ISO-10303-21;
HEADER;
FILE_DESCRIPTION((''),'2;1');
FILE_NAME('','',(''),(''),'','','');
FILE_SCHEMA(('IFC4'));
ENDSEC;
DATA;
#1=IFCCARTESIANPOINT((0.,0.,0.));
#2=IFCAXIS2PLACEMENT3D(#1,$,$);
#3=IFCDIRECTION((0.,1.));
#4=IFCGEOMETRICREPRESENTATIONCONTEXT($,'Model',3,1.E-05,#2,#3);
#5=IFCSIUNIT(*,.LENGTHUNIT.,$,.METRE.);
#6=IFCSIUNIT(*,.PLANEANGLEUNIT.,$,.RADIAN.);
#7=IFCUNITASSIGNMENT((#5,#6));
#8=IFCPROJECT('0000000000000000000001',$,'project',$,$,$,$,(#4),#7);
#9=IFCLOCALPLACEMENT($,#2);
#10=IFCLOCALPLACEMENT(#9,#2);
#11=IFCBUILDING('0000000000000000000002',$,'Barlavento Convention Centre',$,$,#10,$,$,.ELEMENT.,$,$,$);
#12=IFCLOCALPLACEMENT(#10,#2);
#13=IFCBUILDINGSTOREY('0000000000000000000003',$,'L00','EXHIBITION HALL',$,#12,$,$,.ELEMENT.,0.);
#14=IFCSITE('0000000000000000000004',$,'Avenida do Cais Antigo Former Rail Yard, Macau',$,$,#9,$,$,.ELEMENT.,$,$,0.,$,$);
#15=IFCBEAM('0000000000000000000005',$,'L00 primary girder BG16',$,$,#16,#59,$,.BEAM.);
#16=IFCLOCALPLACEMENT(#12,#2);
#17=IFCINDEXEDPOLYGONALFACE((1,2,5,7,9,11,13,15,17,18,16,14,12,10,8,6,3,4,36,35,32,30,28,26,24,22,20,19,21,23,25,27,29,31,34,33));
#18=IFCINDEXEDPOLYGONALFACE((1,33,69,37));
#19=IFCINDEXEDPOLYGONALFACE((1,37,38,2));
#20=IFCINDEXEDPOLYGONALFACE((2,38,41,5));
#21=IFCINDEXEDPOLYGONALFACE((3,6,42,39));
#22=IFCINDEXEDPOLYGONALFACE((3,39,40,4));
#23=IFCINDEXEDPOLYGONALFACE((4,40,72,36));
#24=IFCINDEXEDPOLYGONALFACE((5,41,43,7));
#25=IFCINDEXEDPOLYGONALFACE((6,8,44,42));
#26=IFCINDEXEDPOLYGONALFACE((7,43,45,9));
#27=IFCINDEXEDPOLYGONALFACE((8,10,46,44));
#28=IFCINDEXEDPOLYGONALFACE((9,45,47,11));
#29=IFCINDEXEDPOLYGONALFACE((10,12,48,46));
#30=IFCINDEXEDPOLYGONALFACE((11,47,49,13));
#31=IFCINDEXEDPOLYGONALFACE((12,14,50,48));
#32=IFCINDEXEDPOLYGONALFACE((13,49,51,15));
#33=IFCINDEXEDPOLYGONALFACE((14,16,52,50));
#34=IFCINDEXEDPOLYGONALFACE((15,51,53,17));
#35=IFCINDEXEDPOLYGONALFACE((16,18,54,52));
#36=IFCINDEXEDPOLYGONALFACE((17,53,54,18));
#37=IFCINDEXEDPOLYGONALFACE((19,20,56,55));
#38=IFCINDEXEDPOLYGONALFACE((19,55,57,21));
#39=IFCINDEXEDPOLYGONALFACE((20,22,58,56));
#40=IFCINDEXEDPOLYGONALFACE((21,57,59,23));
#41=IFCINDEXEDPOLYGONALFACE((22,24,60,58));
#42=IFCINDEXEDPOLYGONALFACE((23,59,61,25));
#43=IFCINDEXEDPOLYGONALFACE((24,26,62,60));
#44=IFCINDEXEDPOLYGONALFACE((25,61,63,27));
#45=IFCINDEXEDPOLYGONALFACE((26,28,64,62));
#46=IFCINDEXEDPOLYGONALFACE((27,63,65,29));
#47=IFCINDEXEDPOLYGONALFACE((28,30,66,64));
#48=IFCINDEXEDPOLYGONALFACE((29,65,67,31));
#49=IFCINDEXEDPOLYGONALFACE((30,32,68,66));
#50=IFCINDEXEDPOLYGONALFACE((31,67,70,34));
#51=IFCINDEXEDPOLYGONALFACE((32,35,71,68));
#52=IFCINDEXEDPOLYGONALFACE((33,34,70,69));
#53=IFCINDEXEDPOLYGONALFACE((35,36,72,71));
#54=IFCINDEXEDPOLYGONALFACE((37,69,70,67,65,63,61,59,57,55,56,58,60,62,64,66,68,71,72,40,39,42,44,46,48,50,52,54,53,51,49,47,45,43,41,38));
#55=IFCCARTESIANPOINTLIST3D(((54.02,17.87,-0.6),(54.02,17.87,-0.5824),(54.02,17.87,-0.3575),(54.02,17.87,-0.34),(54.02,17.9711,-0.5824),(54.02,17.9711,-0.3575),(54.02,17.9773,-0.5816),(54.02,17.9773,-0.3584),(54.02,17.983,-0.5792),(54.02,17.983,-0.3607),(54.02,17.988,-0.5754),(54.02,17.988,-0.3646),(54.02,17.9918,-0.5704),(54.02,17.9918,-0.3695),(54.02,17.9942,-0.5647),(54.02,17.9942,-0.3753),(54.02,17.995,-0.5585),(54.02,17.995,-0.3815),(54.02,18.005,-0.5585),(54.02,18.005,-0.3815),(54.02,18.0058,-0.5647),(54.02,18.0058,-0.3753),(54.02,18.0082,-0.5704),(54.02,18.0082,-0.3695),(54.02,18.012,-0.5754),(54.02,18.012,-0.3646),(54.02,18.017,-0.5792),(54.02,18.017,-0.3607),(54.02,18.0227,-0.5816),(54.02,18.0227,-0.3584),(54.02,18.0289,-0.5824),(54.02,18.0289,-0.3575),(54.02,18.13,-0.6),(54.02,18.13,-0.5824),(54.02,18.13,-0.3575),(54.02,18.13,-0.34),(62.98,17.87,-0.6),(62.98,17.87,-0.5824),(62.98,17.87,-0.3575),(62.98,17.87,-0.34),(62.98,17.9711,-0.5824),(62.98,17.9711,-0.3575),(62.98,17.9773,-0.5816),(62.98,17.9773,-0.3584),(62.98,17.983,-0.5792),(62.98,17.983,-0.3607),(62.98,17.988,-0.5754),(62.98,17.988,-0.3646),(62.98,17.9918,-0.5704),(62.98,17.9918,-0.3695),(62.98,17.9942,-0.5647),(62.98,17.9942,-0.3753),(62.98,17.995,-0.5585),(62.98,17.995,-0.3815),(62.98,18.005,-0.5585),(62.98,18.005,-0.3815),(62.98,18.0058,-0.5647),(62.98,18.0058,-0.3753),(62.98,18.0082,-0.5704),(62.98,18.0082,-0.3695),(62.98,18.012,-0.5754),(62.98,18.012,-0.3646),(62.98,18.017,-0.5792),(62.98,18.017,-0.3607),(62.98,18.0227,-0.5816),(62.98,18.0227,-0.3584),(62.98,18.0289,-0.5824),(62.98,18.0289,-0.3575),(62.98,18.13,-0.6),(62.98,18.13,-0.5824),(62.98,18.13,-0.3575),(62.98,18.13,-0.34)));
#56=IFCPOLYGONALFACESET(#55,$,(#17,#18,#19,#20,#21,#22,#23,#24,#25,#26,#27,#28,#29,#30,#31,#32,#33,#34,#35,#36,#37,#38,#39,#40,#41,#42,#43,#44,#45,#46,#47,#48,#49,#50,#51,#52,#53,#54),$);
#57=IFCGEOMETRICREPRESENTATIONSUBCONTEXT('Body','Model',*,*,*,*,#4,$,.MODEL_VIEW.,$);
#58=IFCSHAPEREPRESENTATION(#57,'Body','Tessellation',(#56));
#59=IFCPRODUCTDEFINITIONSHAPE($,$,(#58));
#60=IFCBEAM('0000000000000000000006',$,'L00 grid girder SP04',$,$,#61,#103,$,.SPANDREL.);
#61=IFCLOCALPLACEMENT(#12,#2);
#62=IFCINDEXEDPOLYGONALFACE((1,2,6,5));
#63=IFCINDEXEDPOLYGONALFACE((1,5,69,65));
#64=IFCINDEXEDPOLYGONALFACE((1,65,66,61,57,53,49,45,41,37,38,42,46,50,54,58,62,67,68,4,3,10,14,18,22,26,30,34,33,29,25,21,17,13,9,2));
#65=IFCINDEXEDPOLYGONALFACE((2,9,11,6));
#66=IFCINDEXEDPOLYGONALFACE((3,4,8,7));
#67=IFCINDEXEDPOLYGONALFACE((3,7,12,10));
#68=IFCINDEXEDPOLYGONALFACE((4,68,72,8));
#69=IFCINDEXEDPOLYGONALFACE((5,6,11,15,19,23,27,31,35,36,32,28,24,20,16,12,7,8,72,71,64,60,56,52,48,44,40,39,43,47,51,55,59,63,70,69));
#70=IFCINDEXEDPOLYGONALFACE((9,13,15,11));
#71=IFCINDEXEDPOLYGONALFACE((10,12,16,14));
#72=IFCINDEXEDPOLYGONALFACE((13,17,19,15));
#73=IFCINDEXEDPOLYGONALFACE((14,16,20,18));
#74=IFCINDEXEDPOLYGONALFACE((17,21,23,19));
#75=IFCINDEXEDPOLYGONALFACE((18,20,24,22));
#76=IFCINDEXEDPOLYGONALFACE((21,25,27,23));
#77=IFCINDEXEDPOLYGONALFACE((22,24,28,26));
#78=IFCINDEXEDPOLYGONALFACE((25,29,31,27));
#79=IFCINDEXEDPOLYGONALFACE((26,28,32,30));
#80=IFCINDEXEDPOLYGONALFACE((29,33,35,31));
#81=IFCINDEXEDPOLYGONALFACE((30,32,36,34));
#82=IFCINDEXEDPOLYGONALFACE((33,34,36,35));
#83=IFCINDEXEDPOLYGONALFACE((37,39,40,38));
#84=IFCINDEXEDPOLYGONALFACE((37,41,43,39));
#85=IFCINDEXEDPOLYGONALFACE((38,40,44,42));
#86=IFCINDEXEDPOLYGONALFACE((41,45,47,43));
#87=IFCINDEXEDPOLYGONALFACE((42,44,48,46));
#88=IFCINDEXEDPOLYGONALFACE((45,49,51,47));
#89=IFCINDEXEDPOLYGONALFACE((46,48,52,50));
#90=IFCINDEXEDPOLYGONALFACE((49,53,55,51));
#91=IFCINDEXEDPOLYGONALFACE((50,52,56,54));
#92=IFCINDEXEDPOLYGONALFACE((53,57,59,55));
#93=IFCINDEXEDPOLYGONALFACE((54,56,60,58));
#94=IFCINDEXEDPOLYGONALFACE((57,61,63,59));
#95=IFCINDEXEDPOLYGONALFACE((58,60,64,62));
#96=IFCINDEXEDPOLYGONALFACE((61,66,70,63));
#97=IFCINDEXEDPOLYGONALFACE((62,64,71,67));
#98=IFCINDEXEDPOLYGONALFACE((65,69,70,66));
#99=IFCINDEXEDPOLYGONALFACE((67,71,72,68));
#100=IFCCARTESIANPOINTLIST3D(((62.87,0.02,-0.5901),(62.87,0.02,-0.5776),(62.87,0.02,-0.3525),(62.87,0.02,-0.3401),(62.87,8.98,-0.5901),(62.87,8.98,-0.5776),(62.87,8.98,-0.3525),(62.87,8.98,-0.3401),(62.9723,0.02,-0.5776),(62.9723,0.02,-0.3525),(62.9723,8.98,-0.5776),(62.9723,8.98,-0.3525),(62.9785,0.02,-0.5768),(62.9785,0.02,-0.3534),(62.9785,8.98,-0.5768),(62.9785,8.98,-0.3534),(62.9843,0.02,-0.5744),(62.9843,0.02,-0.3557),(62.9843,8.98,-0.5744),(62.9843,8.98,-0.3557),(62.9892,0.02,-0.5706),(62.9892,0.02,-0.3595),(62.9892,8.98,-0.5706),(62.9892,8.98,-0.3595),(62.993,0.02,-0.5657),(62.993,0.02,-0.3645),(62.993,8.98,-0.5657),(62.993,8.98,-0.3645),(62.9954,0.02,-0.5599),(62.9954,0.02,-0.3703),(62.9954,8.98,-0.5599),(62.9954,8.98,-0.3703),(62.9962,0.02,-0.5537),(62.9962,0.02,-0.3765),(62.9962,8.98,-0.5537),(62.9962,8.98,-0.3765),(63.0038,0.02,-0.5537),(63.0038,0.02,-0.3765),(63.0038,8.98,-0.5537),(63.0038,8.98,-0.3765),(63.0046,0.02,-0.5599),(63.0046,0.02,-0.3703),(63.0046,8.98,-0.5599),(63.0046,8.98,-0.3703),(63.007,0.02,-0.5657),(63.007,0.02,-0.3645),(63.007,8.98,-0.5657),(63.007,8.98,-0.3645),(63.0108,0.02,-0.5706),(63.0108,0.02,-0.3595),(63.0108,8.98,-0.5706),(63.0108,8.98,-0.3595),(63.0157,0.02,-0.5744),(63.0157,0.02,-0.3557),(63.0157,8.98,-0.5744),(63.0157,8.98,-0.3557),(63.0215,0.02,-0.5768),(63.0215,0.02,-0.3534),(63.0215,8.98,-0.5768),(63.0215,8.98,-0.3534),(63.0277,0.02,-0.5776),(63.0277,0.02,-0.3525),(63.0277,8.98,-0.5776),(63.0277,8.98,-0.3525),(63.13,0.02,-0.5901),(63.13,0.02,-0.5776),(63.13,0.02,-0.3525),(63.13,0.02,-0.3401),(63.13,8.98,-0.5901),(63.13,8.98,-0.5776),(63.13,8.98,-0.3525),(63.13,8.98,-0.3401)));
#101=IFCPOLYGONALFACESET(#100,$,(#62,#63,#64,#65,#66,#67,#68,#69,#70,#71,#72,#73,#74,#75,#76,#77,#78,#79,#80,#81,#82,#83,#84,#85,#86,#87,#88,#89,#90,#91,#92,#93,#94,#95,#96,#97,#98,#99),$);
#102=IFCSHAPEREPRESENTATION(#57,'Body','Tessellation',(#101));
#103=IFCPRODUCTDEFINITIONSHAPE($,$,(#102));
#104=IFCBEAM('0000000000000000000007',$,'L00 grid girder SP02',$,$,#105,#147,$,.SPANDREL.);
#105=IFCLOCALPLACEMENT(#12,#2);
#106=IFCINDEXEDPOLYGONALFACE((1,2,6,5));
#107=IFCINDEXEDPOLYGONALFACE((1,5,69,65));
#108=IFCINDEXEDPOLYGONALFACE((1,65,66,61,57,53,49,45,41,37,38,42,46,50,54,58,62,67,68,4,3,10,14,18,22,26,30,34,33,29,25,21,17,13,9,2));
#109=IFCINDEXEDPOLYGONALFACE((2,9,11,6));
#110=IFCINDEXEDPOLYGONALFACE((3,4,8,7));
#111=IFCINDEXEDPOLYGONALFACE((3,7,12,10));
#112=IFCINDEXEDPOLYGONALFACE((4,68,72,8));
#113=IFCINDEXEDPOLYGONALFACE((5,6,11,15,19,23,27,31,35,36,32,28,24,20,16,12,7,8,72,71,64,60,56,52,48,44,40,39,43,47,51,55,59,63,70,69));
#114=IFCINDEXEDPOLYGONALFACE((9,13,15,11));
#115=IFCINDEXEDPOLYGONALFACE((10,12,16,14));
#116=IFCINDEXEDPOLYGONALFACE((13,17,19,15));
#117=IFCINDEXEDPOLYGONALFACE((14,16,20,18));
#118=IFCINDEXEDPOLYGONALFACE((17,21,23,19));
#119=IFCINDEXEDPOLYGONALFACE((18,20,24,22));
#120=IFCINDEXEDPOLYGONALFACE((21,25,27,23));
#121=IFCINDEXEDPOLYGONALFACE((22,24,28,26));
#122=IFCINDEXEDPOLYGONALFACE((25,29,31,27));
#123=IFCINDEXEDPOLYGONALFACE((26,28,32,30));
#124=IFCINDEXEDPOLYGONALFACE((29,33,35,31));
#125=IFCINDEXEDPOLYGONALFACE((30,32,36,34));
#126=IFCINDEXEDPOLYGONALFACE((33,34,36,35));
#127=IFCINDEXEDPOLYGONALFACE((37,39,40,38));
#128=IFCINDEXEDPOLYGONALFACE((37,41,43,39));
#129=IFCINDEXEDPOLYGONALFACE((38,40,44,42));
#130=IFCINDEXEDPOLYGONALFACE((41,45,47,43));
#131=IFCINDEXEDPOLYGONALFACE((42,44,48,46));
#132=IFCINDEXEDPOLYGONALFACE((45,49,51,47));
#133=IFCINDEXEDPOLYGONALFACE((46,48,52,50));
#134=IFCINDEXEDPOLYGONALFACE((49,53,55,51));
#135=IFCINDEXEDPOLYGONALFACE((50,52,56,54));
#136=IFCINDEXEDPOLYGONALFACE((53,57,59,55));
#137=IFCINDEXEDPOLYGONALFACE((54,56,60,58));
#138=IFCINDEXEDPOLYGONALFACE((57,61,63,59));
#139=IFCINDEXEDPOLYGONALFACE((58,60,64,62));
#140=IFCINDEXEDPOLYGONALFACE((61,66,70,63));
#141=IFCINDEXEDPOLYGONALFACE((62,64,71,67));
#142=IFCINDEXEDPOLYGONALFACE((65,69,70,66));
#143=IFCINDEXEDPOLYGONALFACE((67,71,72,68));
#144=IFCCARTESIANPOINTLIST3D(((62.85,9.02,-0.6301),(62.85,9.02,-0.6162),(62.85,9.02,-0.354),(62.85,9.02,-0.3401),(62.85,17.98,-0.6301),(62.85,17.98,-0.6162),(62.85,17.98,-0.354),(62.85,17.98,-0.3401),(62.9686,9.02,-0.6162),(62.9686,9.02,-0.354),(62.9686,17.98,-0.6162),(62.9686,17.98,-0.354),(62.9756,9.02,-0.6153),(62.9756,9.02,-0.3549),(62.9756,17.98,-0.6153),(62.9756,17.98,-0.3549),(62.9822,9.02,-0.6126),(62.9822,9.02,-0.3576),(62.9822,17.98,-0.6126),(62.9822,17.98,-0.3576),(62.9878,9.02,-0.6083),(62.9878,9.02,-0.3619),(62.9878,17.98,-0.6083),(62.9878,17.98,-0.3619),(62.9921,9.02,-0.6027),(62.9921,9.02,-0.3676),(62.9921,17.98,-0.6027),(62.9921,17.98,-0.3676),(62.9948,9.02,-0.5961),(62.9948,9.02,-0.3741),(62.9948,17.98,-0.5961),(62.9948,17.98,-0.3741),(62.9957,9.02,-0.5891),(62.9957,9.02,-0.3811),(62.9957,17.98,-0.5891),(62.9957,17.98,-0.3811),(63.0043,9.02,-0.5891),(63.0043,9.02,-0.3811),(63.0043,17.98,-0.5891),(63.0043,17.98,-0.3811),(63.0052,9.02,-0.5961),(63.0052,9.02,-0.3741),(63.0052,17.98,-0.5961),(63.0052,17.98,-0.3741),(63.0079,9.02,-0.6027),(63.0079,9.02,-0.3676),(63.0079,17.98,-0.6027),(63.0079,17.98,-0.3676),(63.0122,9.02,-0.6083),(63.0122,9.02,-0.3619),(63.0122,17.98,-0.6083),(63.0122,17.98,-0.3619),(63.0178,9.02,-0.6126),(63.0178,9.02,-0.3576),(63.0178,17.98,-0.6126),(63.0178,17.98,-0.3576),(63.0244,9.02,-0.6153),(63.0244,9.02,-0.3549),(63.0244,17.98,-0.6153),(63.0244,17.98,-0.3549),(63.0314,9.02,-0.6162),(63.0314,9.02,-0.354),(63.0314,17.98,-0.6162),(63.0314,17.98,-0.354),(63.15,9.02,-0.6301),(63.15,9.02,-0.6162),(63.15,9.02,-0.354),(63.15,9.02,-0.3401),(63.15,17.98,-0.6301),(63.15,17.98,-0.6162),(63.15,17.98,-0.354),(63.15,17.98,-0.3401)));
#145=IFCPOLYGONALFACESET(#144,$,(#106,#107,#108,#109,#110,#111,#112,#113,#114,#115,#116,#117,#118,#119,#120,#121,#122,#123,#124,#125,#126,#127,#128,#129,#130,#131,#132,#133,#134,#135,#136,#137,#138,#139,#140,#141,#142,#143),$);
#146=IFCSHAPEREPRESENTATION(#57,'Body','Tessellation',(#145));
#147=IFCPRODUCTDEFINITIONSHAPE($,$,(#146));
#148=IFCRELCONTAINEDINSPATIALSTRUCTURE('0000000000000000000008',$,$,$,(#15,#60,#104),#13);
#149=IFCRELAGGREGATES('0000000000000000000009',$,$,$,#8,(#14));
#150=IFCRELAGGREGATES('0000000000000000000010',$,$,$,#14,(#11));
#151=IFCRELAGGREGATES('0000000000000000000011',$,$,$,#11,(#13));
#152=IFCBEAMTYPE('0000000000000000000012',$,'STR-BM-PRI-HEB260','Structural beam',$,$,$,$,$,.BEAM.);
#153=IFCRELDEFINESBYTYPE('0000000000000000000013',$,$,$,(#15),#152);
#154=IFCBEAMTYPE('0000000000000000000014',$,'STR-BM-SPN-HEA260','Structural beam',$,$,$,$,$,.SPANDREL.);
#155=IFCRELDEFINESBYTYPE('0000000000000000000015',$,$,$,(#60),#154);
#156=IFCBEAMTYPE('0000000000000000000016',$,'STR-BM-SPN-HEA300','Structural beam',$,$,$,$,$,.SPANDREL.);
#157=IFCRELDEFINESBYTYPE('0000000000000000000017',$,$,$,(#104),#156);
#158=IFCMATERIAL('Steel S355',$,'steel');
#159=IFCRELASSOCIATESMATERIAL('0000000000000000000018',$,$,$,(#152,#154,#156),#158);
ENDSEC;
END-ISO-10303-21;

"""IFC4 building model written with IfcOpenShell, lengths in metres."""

from ifc_helpers import new_model, si_unit, direction, frame, origin, origin_2d, place, context, subcontext, project, spatial, i_section, extrude, material, material_profile, profile_set, type_object, element, save


model = new_model("IFC4")

# Units and contexts
model_context = context("Model", 3, precision=1e-05, world=origin(), true_north=direction((0.0, 1.0)))
body_context = subcontext(model_context, "Body", "Model", "MODEL_VIEW")
ifc_project = project(units=[si_unit("LENGTHUNIT", "METRE"), si_unit("PLANEANGLEUNIT", "RADIAN")], contexts=[model_context])

# Site, building, storey
site_placement = place(None, origin())
site = spatial("IfcSite", under=ifc_project, at=site_placement, Name="Avenida do Cais Antigo Former Rail Yard, Macau", CompositionType="ELEMENT", RefElevation=0.0)
building_placement = place(site_placement, origin())
building = spatial("IfcBuilding", under=site, at=building_placement, Name="Barlavento Convention Centre", CompositionType="ELEMENT")
storey_placement = place(building_placement, origin())
storey = spatial("IfcBuildingStorey", under=building, at=storey_placement, Name="L00", Description="EXHIBITION HALL", CompositionType="ELEMENT", Elevation=0.0)

# Beams
ifc_material_1 = material(Name="Steel S355", Category="steel")
ifc_material_profile_1 = material_profile(ifc_material_1, i_section(OverallWidth=0.26, OverallDepth=0.26, WebThickness=0.01, FlangeThickness=0.0176, FilletRadius=0.0239, at=origin_2d()), Name="HEB 260")
ifc_profile_set_1 = profile_set([ifc_material_profile_1], Name="Steel S355")
beam_type_1 = type_object("IfcBeamType", Name="STR-BM-PRI-HEB260", Description="Structural beam", PredefinedType="BEAM", material=ifc_profile_set_1)
beam_1_placement = place(storey_placement, frame((54.02, 18.0, -0.47), z_axis=(1.0, 0.0, 0.0), x_axis=(0.0, 1.0, 0.0)))
element("IfcBeam", 1, at=beam_1_placement, inside=storey, type_object=beam_type_1, Name="L00 primary girder BG16", PredefinedType="BEAM", context=body_context, shape_type="SweptSolid", body=[
    extrude(i_section(OverallWidth=0.26, OverallDepth=0.26, WebThickness=0.01, FlangeThickness=0.0176, FilletRadius=0.0239, at=origin_2d()), origin(), (0.0, 0.0, 1.0), 8.96),
])
ifc_material_profile_2 = material_profile(ifc_material_1, i_section(OverallWidth=0.26, OverallDepth=0.25, WebThickness=0.0076, FlangeThickness=0.0125, FilletRadius=0.0239, at=origin_2d()), Name="HEA 260")
ifc_profile_set_2 = profile_set([ifc_material_profile_2], Name="Steel S355")
beam_type_2 = type_object("IfcBeamType", Name="STR-BM-SPN-HEA260", Description="Structural beam", PredefinedType="SPANDREL", material=ifc_profile_set_2)
beam_2_placement = place(storey_placement, frame((63.0, 0.02, -0.4651), z_axis=(0.0, 1.0, 0.0), x_axis=(-1.0, 0.0, 0.0)))
element("IfcBeam", 2, at=beam_2_placement, inside=storey, type_object=beam_type_2, Name="L00 grid girder SP04", PredefinedType="SPANDREL", context=body_context, shape_type="SweptSolid", body=[
    extrude(i_section(OverallWidth=0.26, OverallDepth=0.25, WebThickness=0.0076, FlangeThickness=0.0125, FilletRadius=0.0239, at=origin_2d()), origin(), (0.0, 0.0, 1.0), 8.96),
])
ifc_material_profile_3 = material_profile(ifc_material_1, i_section(OverallWidth=0.3, OverallDepth=0.29, WebThickness=0.0085, FlangeThickness=0.0139, FilletRadius=0.0271, at=origin_2d()), Name="HEA 300")
ifc_profile_set_3 = profile_set([ifc_material_profile_3], Name="Steel S355")
beam_type_3 = type_object("IfcBeamType", Name="STR-BM-SPN-HEA300", Description="Structural beam", PredefinedType="SPANDREL", material=ifc_profile_set_3)
beam_3_placement = place(storey_placement, frame((63.0, 9.02, -0.4851), z_axis=(0.0, 1.0, 0.0), x_axis=(-1.0, 0.0, 0.0)))
element("IfcBeam", 3, at=beam_3_placement, inside=storey, type_object=beam_type_3, Name="L00 grid girder SP02", PredefinedType="SPANDREL", context=body_context, shape_type="SweptSolid", body=[
    extrude(i_section(OverallWidth=0.3, OverallDepth=0.29, WebThickness=0.0085, FlangeThickness=0.0139, FilletRadius=0.0271, at=origin_2d()), origin(), (0.0, 0.0, 1.0), 8.96),
])

save(model, "model.ifc")
